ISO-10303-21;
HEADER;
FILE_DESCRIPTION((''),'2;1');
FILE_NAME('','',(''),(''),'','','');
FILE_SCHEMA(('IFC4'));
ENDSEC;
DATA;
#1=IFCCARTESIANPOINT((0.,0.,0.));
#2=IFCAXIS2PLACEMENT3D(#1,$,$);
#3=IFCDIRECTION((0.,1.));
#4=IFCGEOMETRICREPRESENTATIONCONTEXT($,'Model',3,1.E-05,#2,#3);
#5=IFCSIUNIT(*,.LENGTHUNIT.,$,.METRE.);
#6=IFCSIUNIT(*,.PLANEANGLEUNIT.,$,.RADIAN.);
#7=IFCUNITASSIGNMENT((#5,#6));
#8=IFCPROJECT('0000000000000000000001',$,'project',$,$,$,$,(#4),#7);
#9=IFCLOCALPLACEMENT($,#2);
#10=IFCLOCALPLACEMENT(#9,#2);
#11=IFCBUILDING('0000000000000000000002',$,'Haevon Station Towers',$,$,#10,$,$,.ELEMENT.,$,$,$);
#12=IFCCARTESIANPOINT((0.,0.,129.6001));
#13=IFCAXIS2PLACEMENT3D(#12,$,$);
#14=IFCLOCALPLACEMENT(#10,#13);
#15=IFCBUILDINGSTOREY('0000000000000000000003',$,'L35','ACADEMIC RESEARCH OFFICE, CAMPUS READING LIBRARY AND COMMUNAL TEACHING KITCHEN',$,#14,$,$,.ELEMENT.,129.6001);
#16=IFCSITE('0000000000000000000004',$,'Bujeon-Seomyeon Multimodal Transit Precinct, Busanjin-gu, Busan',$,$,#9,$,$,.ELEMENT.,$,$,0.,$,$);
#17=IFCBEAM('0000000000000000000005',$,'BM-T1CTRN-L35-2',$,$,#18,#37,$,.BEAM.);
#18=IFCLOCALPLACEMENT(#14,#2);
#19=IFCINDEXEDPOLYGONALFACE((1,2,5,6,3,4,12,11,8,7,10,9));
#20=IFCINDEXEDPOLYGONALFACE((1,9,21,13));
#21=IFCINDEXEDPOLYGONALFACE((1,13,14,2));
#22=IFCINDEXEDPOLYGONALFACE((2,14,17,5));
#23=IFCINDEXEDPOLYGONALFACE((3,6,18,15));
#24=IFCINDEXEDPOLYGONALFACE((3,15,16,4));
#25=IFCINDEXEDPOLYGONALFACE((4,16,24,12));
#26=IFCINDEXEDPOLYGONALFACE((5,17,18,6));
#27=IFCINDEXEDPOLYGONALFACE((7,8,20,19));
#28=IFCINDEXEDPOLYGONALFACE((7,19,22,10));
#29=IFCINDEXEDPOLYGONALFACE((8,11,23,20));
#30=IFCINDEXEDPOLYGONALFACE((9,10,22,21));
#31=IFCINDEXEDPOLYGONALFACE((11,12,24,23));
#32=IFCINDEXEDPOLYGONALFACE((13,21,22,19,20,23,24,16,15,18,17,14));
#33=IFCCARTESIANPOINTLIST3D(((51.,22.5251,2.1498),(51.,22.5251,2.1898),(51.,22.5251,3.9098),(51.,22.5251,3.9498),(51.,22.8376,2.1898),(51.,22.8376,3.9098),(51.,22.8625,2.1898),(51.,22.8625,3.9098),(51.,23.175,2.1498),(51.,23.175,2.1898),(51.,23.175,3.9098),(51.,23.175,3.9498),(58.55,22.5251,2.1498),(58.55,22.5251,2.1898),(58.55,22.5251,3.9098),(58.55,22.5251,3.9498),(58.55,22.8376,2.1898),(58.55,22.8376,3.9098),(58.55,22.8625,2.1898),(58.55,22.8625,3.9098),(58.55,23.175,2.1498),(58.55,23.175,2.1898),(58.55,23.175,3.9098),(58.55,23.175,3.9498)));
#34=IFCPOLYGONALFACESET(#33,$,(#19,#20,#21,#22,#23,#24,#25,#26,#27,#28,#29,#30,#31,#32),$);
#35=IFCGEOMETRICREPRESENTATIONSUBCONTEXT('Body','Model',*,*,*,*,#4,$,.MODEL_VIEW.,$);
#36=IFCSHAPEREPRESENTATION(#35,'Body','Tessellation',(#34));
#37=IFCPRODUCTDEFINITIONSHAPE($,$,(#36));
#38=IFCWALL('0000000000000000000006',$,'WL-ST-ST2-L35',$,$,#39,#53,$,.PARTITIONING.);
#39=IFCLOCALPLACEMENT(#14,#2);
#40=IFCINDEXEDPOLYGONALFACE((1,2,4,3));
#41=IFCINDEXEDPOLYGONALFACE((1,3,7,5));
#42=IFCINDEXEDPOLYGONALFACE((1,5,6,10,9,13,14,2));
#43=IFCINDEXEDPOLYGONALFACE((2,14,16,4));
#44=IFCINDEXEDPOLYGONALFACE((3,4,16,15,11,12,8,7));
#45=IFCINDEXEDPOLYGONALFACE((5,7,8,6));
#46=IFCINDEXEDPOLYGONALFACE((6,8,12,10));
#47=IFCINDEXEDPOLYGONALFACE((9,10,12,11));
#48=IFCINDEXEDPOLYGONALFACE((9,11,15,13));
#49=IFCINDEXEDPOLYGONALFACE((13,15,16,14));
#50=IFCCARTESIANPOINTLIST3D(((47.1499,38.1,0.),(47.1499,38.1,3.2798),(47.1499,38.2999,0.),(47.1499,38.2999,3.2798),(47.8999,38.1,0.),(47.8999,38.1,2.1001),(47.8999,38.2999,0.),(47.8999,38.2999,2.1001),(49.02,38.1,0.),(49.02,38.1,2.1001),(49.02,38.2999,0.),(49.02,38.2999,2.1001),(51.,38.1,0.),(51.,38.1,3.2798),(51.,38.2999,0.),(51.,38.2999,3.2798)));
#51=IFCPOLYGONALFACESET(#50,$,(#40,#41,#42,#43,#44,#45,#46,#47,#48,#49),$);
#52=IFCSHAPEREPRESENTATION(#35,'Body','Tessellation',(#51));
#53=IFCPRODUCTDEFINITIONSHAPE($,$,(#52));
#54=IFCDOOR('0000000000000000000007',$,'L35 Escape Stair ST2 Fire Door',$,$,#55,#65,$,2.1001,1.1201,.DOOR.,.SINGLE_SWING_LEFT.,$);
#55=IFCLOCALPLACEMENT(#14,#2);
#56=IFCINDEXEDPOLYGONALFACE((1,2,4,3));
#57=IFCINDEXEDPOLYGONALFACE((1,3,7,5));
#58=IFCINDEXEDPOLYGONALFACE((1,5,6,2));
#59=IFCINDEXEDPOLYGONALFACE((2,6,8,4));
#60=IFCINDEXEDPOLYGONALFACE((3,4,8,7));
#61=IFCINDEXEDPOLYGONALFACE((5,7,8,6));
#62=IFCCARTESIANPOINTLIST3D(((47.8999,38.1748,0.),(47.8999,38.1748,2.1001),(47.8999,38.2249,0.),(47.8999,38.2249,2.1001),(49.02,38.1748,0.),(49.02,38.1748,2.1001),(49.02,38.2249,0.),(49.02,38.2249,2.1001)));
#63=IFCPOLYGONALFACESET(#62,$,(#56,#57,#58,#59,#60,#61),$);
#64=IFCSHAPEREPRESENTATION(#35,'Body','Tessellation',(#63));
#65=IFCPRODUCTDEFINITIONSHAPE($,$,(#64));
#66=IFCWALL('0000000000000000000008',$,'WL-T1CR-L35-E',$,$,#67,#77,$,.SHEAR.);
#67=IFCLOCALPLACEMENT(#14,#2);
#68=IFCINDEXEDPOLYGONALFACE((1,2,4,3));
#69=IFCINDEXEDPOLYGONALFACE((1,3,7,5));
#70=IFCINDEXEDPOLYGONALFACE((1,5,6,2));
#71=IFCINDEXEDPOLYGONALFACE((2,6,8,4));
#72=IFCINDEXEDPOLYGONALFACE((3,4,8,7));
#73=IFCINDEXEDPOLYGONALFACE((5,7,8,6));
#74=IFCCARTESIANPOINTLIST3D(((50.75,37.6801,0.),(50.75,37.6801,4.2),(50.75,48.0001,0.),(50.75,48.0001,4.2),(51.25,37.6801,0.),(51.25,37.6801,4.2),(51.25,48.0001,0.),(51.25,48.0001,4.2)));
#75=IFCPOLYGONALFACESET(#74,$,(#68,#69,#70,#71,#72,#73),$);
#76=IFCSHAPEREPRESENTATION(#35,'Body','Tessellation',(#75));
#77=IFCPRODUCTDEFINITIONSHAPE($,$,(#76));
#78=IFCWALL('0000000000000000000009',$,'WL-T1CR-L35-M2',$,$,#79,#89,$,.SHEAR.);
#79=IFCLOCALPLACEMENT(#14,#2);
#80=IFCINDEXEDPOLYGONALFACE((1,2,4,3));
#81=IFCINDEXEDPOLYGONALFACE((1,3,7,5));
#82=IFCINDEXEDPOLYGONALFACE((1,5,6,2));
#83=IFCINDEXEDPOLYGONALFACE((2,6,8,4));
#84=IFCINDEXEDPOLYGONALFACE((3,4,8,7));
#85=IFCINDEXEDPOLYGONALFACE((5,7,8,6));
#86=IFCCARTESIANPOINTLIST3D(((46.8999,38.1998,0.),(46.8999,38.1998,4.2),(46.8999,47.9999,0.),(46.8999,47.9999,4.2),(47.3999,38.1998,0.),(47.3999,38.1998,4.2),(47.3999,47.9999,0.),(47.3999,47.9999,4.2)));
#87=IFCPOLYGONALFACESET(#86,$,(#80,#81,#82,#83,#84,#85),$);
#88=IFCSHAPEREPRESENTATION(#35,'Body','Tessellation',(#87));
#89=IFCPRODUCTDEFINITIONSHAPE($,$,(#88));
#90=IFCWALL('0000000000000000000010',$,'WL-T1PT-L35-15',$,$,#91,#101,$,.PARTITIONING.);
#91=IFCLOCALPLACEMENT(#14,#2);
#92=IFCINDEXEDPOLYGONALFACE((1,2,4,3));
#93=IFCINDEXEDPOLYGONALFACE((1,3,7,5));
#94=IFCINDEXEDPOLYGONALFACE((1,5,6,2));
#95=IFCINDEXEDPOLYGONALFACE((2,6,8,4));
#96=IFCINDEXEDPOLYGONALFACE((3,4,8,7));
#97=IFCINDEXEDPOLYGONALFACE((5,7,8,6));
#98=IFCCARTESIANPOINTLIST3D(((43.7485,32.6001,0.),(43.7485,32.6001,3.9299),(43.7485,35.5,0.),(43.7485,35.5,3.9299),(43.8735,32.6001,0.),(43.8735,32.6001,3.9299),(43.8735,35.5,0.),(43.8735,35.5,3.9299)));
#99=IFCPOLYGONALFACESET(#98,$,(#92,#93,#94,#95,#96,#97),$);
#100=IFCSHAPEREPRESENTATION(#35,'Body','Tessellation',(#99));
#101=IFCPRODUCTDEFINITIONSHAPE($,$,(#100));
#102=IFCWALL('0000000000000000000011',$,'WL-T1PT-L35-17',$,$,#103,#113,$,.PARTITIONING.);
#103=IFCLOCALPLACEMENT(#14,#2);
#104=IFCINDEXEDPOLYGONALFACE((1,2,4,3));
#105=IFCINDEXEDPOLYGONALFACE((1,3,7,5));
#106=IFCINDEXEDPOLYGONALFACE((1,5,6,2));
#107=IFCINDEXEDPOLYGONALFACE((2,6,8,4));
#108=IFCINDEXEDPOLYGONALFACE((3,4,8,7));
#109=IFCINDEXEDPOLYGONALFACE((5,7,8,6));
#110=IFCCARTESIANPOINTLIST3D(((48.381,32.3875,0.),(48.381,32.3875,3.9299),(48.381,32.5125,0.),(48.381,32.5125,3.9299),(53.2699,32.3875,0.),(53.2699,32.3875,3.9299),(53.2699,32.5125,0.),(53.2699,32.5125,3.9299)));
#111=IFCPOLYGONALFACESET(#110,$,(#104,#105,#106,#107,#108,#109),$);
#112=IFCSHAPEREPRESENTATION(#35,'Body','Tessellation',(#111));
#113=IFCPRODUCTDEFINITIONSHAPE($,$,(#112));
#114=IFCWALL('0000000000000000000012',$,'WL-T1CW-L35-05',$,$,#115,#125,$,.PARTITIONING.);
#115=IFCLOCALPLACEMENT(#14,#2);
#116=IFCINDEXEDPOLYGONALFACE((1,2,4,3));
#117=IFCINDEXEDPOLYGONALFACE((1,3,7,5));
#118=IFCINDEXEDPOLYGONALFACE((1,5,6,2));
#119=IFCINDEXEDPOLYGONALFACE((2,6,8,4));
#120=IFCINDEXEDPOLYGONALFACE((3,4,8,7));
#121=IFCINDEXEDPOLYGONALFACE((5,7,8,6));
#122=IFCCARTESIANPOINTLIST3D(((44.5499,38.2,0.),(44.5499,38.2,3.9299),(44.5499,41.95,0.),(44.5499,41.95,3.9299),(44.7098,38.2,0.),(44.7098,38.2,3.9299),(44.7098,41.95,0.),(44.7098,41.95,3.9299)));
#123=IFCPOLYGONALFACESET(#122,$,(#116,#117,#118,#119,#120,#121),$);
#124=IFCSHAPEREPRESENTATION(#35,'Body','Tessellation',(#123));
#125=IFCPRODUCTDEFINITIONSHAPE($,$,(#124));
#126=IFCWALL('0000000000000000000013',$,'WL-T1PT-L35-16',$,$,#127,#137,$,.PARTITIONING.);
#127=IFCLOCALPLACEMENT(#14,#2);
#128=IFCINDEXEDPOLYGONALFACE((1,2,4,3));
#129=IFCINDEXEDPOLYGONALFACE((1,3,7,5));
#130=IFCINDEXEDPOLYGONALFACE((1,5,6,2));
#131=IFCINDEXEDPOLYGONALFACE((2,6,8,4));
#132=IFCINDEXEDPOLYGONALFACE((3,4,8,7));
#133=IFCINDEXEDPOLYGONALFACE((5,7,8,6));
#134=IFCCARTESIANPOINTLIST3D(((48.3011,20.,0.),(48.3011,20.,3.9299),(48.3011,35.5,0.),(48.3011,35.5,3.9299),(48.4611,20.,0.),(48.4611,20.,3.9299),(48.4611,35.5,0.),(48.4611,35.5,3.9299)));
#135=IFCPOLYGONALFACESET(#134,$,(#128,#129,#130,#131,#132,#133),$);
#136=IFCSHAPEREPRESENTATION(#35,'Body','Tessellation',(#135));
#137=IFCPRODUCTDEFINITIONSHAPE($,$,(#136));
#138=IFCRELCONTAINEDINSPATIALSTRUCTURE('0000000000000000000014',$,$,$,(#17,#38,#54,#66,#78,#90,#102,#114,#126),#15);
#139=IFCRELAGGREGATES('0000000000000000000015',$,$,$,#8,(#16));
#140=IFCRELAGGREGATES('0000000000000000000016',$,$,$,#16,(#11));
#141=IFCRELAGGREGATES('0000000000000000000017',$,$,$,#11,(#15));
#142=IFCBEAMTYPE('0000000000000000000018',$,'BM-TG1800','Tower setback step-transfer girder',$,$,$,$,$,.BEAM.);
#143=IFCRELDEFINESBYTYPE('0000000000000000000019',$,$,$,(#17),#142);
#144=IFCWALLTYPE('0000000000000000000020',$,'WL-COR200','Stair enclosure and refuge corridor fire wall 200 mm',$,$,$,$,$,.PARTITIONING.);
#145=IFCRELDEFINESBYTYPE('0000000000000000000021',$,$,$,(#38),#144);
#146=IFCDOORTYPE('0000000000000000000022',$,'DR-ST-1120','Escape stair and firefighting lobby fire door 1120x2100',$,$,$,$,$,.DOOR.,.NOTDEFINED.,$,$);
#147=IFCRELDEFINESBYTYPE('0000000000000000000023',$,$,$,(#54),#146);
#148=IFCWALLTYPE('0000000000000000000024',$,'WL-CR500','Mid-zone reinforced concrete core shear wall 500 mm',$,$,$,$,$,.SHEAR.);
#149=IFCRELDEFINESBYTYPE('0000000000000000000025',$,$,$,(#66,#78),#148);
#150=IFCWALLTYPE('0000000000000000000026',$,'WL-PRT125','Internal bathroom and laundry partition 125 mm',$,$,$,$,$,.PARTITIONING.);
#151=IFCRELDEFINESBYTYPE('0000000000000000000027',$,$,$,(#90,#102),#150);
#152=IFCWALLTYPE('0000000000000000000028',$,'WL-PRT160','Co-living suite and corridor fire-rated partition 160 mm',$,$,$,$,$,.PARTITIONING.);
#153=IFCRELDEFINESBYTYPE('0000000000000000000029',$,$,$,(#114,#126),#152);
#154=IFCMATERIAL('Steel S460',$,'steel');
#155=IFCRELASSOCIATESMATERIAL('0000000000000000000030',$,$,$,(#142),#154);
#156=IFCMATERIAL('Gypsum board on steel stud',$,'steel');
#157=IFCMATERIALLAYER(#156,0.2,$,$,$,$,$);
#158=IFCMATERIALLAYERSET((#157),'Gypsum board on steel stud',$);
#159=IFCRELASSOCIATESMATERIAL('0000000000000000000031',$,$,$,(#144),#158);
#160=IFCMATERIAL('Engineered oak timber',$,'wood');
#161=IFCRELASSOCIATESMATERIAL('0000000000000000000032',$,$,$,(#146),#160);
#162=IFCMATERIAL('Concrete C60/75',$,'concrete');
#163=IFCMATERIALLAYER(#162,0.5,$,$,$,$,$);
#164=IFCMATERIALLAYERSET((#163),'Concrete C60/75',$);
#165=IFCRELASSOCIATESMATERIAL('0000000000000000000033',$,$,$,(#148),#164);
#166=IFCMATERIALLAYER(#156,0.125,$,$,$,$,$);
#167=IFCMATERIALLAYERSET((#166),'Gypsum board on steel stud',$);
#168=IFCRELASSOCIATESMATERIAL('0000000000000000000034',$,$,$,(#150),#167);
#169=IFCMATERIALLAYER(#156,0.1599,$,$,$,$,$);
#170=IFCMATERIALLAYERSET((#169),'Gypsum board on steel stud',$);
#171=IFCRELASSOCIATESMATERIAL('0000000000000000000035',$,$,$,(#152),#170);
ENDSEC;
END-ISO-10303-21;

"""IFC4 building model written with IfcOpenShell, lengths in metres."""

from ifc_helpers import new_model, si_unit, direction, frame, frame_2d, origin, origin_2d, place, context, subcontext, project, spatial, rectangle, i_section, extrude, material, layer, layer_set, material_profile, profile_set, type_object, element, fill, save


model = new_model("IFC4")

# Units and contexts
model_context = context("Model", 3, precision=1e-05, world=origin(), true_north=direction((0.0, 1.0)))
body_context = subcontext(model_context, "Body", "Model", "MODEL_VIEW")
ifc_project = project(units=[si_unit("LENGTHUNIT", "METRE"), si_unit("PLANEANGLEUNIT", "RADIAN")], contexts=[model_context])

# Site, building, storey
site_placement = place(None, origin())
site = spatial("IfcSite", under=ifc_project, at=site_placement, Name="Bujeon-Seomyeon Multimodal Transit Precinct, Busanjin-gu, Busan", CompositionType="ELEMENT", RefElevation=0.0)
building_placement = place(site_placement, origin())
building = spatial("IfcBuilding", under=site, at=building_placement, Name="Haevon Station Towers", CompositionType="ELEMENT")
storey_placement = place(building_placement, frame((0.0, 0.0, 129.6001)))
storey = spatial("IfcBuildingStorey", under=building, at=storey_placement, Name="L35", Description="ACADEMIC RESEARCH OFFICE, CAMPUS READING LIBRARY AND COMMUNAL TEACHING KITCHEN", CompositionType="ELEMENT", Elevation=129.6001)

# Shared definitions
ifc_material_1 = material(Name="Steel S460", Category="steel")

# Beam
ifc_material_profile_1 = material_profile(ifc_material_1, i_section(OverallWidth=0.6499, OverallDepth=1.8, WebThickness=0.0249, FlangeThickness=0.04, at=origin_2d()), Name="H-1800x650x25x40")
ifc_profile_set_1 = profile_set([ifc_material_profile_1], Name="Steel S460")
beam_type_1 = type_object("IfcBeamType", Name="BM-TG1800", Description="Tower setback step-transfer girder", PredefinedType="BEAM", material=ifc_profile_set_1)
beam_1_placement = place(storey_placement, frame((51.0, 22.8501, 3.0498), z_axis=(1.0, 0.0, 0.0), x_axis=(0.0, 1.0, 0.0)))
element("IfcBeam", 1, at=beam_1_placement, inside=storey, type_object=beam_type_1, Name="BM-T1CTRN-L35-2", PredefinedType="BEAM", context=body_context, shape_type="SweptSolid", body=[
    extrude(i_section(OverallWidth=0.6499, OverallDepth=1.8, WebThickness=0.0249, FlangeThickness=0.04, at=origin_2d()), origin(), (0.0, 0.0, 1.0), 7.55),
])

# Wall, opening, door
ifc_material_2 = material(Name="Gypsum board on steel stud", Category="steel")
ifc_layer_1 = layer(ifc_material_2, 0.2)
ifc_layer_set_1 = layer_set([ifc_layer_1], Name="Gypsum board on steel stud")
wall_type_1 = type_object("IfcWallType", Name="WL-COR200", Description="Stair enclosure and refuge corridor fire wall 200 mm", PredefinedType="PARTITIONING", material=ifc_layer_set_1)
wall_1_placement = place(storey_placement, frame((47.1499, 38.2, 0.0), z_axis=(0.0, 0.0, 1.0), x_axis=(1.0, 0.0, 0.0)))
wall_1 = element("IfcWall", 2, at=wall_1_placement, inside=storey, type_object=wall_type_1, Name="WL-ST-ST2-L35", PredefinedType="PARTITIONING", context=body_context, shape_type="SweptSolid", body=[
    extrude(rectangle(XDim=3.8501, YDim=0.2, at=frame_2d((1.925, 0.0))), origin(), (0.0, 0.0, 1.0), 3.2798),
])
opening_placement = place(wall_1_placement, frame((0.75, 0.0, 0.0)))
opening = element("IfcOpeningElement", 3, at=opening_placement, cuts=wall_1, PredefinedType="OPENING", context=body_context, shape_type="SweptSolid", body=[
    extrude(rectangle(XDim=1.1201, YDim=2.1001, at=frame_2d((0.5601, 1.05))), frame((0.0, 0.1099, 0.0), z_axis=(0.0, -1.0, 0.0), x_axis=(1.0, 0.0, 0.0)), (0.0, 0.0, 1.0), 0.22),
])
ifc_material_3 = material(Name="Engineered oak timber", Category="wood")
door_type = type_object("IfcDoorType", Name="DR-ST-1120", Description="Escape stair and firefighting lobby fire door 1120x2100", OperationType="NOTDEFINED", PredefinedType="DOOR", material=ifc_material_3)
door_placement = place(opening_placement, origin())
door = element("IfcDoor", 4, at=door_placement, inside=storey, type_object=door_type, Name="L35 Escape Stair ST2 Fire Door", OperationType="SINGLE_SWING_LEFT", OverallHeight=2.1001, OverallWidth=1.1201, PredefinedType="DOOR", context=body_context, shape_type="SweptSolid", body=[
    extrude(rectangle(XDim=1.1201, YDim=2.1001, at=frame_2d((0.5601, 1.05))), frame((0.0, 0.0249, 0.0), z_axis=(0.0, -1.0, 0.0), x_axis=(1.0, 0.0, 0.0)), (0.0, 0.0, 1.0), 0.05),
])
fill(opening, door)

# Walls
ifc_material_4 = material(Name="Concrete C60/75", Category="concrete")
ifc_layer_2 = layer(ifc_material_4, 0.5)
ifc_layer_set_2 = layer_set([ifc_layer_2], Name="Concrete C60/75")
wall_type_2 = type_object("IfcWallType", Name="WL-CR500", Description="Mid-zone reinforced concrete core shear wall 500 mm", PredefinedType="SHEAR", material=ifc_layer_set_2)
wall_2_placement = place(storey_placement, frame((51.0, 37.6799, 0.0), z_axis=(0.0, 0.0, 1.0), x_axis=(0.0, 1.0, 0.0)))
element("IfcWall", 5, at=wall_2_placement, inside=storey, type_object=wall_type_2, Name="WL-T1CR-L35-E", PredefinedType="SHEAR", context=body_context, shape_type="SweptSolid", body=[
    extrude(rectangle(XDim=10.3201, YDim=0.5, at=frame_2d((5.1602, 0.0))), origin(), (0.0, 0.0, 1.0), 4.2),
])
wall_3_placement = place(storey_placement, frame((47.1499, 38.2, 0.0), z_axis=(0.0, 0.0, 1.0), x_axis=(0.0, 1.0, 0.0)))
element("IfcWall", 6, at=wall_3_placement, inside=storey, type_object=wall_type_2, Name="WL-T1CR-L35-M2", PredefinedType="SHEAR", context=body_context, shape_type="SweptSolid", body=[
    extrude(rectangle(XDim=9.8, YDim=0.5, at=frame_2d((4.8999, 0.0))), origin(), (0.0, 0.0, 1.0), 4.2),
])
ifc_layer_3 = layer(ifc_material_2, 0.125)
ifc_layer_set_3 = layer_set([ifc_layer_3], Name="Gypsum board on steel stud")
wall_type_3 = type_object("IfcWallType", Name="WL-PRT125", Description="Internal bathroom and laundry partition 125 mm", PredefinedType="PARTITIONING", material=ifc_layer_set_3)
wall_4_placement = place(storey_placement, frame((43.811, 32.6001, 0.0), z_axis=(0.0, 0.0, 1.0), x_axis=(0.0, 1.0, 0.0)))
element("IfcWall", 7, at=wall_4_placement, inside=storey, type_object=wall_type_3, Name="WL-T1PT-L35-15", PredefinedType="PARTITIONING", context=body_context, shape_type="SweptSolid", body=[
    extrude(rectangle(XDim=2.8999, YDim=0.125, at=frame_2d((1.45, 0.0))), origin(), (0.0, 0.0, 1.0), 3.9299),
])
wall_5_placement = place(storey_placement, frame((48.3811, 32.45, 0.0), z_axis=(0.0, 0.0, 1.0), x_axis=(1.0, 0.0, 0.0)))
element("IfcWall", 8, at=wall_5_placement, inside=storey, type_object=wall_type_3, Name="WL-T1PT-L35-17", PredefinedType="PARTITIONING", context=body_context, shape_type="SweptSolid", body=[
    extrude(rectangle(XDim=4.8889, YDim=0.125, at=frame_2d((2.4443, 0.0))), origin(), (0.0, 0.0, 1.0), 3.9299),
])
ifc_layer_4 = layer(ifc_material_2, 0.1599)
ifc_layer_set_4 = layer_set([ifc_layer_4], Name="Gypsum board on steel stud")
wall_type_4 = type_object("IfcWallType", Name="WL-PRT160", Description="Co-living suite and corridor fire-rated partition 160 mm", PredefinedType="PARTITIONING", material=ifc_layer_set_4)
wall_6_placement = place(storey_placement, frame((44.6299, 38.2, 0.0), z_axis=(0.0, 0.0, 1.0), x_axis=(0.0, 1.0, 0.0)))
element("IfcWall", 9, at=wall_6_placement, inside=storey, type_object=wall_type_4, Name="WL-T1CW-L35-05", PredefinedType="PARTITIONING", context=body_context, shape_type="SweptSolid", body=[
    extrude(rectangle(XDim=3.75, YDim=0.1599, at=frame_2d((1.875, 0.0))), origin(), (0.0, 0.0, 1.0), 3.9299),
])
wall_7_placement = place(storey_placement, frame((48.3811, 20.0, 0.0), z_axis=(0.0, 0.0, 1.0), x_axis=(0.0, 1.0, 0.0)))
element("IfcWall", 10, at=wall_7_placement, inside=storey, type_object=wall_type_4, Name="WL-T1PT-L35-16", PredefinedType="PARTITIONING", context=body_context, shape_type="SweptSolid", body=[
    extrude(rectangle(XDim=15.5, YDim=0.1599, at=frame_2d((7.75, 0.0))), origin(), (0.0, 0.0, 1.0), 3.9299),
])

save(model, "model.ifc")
